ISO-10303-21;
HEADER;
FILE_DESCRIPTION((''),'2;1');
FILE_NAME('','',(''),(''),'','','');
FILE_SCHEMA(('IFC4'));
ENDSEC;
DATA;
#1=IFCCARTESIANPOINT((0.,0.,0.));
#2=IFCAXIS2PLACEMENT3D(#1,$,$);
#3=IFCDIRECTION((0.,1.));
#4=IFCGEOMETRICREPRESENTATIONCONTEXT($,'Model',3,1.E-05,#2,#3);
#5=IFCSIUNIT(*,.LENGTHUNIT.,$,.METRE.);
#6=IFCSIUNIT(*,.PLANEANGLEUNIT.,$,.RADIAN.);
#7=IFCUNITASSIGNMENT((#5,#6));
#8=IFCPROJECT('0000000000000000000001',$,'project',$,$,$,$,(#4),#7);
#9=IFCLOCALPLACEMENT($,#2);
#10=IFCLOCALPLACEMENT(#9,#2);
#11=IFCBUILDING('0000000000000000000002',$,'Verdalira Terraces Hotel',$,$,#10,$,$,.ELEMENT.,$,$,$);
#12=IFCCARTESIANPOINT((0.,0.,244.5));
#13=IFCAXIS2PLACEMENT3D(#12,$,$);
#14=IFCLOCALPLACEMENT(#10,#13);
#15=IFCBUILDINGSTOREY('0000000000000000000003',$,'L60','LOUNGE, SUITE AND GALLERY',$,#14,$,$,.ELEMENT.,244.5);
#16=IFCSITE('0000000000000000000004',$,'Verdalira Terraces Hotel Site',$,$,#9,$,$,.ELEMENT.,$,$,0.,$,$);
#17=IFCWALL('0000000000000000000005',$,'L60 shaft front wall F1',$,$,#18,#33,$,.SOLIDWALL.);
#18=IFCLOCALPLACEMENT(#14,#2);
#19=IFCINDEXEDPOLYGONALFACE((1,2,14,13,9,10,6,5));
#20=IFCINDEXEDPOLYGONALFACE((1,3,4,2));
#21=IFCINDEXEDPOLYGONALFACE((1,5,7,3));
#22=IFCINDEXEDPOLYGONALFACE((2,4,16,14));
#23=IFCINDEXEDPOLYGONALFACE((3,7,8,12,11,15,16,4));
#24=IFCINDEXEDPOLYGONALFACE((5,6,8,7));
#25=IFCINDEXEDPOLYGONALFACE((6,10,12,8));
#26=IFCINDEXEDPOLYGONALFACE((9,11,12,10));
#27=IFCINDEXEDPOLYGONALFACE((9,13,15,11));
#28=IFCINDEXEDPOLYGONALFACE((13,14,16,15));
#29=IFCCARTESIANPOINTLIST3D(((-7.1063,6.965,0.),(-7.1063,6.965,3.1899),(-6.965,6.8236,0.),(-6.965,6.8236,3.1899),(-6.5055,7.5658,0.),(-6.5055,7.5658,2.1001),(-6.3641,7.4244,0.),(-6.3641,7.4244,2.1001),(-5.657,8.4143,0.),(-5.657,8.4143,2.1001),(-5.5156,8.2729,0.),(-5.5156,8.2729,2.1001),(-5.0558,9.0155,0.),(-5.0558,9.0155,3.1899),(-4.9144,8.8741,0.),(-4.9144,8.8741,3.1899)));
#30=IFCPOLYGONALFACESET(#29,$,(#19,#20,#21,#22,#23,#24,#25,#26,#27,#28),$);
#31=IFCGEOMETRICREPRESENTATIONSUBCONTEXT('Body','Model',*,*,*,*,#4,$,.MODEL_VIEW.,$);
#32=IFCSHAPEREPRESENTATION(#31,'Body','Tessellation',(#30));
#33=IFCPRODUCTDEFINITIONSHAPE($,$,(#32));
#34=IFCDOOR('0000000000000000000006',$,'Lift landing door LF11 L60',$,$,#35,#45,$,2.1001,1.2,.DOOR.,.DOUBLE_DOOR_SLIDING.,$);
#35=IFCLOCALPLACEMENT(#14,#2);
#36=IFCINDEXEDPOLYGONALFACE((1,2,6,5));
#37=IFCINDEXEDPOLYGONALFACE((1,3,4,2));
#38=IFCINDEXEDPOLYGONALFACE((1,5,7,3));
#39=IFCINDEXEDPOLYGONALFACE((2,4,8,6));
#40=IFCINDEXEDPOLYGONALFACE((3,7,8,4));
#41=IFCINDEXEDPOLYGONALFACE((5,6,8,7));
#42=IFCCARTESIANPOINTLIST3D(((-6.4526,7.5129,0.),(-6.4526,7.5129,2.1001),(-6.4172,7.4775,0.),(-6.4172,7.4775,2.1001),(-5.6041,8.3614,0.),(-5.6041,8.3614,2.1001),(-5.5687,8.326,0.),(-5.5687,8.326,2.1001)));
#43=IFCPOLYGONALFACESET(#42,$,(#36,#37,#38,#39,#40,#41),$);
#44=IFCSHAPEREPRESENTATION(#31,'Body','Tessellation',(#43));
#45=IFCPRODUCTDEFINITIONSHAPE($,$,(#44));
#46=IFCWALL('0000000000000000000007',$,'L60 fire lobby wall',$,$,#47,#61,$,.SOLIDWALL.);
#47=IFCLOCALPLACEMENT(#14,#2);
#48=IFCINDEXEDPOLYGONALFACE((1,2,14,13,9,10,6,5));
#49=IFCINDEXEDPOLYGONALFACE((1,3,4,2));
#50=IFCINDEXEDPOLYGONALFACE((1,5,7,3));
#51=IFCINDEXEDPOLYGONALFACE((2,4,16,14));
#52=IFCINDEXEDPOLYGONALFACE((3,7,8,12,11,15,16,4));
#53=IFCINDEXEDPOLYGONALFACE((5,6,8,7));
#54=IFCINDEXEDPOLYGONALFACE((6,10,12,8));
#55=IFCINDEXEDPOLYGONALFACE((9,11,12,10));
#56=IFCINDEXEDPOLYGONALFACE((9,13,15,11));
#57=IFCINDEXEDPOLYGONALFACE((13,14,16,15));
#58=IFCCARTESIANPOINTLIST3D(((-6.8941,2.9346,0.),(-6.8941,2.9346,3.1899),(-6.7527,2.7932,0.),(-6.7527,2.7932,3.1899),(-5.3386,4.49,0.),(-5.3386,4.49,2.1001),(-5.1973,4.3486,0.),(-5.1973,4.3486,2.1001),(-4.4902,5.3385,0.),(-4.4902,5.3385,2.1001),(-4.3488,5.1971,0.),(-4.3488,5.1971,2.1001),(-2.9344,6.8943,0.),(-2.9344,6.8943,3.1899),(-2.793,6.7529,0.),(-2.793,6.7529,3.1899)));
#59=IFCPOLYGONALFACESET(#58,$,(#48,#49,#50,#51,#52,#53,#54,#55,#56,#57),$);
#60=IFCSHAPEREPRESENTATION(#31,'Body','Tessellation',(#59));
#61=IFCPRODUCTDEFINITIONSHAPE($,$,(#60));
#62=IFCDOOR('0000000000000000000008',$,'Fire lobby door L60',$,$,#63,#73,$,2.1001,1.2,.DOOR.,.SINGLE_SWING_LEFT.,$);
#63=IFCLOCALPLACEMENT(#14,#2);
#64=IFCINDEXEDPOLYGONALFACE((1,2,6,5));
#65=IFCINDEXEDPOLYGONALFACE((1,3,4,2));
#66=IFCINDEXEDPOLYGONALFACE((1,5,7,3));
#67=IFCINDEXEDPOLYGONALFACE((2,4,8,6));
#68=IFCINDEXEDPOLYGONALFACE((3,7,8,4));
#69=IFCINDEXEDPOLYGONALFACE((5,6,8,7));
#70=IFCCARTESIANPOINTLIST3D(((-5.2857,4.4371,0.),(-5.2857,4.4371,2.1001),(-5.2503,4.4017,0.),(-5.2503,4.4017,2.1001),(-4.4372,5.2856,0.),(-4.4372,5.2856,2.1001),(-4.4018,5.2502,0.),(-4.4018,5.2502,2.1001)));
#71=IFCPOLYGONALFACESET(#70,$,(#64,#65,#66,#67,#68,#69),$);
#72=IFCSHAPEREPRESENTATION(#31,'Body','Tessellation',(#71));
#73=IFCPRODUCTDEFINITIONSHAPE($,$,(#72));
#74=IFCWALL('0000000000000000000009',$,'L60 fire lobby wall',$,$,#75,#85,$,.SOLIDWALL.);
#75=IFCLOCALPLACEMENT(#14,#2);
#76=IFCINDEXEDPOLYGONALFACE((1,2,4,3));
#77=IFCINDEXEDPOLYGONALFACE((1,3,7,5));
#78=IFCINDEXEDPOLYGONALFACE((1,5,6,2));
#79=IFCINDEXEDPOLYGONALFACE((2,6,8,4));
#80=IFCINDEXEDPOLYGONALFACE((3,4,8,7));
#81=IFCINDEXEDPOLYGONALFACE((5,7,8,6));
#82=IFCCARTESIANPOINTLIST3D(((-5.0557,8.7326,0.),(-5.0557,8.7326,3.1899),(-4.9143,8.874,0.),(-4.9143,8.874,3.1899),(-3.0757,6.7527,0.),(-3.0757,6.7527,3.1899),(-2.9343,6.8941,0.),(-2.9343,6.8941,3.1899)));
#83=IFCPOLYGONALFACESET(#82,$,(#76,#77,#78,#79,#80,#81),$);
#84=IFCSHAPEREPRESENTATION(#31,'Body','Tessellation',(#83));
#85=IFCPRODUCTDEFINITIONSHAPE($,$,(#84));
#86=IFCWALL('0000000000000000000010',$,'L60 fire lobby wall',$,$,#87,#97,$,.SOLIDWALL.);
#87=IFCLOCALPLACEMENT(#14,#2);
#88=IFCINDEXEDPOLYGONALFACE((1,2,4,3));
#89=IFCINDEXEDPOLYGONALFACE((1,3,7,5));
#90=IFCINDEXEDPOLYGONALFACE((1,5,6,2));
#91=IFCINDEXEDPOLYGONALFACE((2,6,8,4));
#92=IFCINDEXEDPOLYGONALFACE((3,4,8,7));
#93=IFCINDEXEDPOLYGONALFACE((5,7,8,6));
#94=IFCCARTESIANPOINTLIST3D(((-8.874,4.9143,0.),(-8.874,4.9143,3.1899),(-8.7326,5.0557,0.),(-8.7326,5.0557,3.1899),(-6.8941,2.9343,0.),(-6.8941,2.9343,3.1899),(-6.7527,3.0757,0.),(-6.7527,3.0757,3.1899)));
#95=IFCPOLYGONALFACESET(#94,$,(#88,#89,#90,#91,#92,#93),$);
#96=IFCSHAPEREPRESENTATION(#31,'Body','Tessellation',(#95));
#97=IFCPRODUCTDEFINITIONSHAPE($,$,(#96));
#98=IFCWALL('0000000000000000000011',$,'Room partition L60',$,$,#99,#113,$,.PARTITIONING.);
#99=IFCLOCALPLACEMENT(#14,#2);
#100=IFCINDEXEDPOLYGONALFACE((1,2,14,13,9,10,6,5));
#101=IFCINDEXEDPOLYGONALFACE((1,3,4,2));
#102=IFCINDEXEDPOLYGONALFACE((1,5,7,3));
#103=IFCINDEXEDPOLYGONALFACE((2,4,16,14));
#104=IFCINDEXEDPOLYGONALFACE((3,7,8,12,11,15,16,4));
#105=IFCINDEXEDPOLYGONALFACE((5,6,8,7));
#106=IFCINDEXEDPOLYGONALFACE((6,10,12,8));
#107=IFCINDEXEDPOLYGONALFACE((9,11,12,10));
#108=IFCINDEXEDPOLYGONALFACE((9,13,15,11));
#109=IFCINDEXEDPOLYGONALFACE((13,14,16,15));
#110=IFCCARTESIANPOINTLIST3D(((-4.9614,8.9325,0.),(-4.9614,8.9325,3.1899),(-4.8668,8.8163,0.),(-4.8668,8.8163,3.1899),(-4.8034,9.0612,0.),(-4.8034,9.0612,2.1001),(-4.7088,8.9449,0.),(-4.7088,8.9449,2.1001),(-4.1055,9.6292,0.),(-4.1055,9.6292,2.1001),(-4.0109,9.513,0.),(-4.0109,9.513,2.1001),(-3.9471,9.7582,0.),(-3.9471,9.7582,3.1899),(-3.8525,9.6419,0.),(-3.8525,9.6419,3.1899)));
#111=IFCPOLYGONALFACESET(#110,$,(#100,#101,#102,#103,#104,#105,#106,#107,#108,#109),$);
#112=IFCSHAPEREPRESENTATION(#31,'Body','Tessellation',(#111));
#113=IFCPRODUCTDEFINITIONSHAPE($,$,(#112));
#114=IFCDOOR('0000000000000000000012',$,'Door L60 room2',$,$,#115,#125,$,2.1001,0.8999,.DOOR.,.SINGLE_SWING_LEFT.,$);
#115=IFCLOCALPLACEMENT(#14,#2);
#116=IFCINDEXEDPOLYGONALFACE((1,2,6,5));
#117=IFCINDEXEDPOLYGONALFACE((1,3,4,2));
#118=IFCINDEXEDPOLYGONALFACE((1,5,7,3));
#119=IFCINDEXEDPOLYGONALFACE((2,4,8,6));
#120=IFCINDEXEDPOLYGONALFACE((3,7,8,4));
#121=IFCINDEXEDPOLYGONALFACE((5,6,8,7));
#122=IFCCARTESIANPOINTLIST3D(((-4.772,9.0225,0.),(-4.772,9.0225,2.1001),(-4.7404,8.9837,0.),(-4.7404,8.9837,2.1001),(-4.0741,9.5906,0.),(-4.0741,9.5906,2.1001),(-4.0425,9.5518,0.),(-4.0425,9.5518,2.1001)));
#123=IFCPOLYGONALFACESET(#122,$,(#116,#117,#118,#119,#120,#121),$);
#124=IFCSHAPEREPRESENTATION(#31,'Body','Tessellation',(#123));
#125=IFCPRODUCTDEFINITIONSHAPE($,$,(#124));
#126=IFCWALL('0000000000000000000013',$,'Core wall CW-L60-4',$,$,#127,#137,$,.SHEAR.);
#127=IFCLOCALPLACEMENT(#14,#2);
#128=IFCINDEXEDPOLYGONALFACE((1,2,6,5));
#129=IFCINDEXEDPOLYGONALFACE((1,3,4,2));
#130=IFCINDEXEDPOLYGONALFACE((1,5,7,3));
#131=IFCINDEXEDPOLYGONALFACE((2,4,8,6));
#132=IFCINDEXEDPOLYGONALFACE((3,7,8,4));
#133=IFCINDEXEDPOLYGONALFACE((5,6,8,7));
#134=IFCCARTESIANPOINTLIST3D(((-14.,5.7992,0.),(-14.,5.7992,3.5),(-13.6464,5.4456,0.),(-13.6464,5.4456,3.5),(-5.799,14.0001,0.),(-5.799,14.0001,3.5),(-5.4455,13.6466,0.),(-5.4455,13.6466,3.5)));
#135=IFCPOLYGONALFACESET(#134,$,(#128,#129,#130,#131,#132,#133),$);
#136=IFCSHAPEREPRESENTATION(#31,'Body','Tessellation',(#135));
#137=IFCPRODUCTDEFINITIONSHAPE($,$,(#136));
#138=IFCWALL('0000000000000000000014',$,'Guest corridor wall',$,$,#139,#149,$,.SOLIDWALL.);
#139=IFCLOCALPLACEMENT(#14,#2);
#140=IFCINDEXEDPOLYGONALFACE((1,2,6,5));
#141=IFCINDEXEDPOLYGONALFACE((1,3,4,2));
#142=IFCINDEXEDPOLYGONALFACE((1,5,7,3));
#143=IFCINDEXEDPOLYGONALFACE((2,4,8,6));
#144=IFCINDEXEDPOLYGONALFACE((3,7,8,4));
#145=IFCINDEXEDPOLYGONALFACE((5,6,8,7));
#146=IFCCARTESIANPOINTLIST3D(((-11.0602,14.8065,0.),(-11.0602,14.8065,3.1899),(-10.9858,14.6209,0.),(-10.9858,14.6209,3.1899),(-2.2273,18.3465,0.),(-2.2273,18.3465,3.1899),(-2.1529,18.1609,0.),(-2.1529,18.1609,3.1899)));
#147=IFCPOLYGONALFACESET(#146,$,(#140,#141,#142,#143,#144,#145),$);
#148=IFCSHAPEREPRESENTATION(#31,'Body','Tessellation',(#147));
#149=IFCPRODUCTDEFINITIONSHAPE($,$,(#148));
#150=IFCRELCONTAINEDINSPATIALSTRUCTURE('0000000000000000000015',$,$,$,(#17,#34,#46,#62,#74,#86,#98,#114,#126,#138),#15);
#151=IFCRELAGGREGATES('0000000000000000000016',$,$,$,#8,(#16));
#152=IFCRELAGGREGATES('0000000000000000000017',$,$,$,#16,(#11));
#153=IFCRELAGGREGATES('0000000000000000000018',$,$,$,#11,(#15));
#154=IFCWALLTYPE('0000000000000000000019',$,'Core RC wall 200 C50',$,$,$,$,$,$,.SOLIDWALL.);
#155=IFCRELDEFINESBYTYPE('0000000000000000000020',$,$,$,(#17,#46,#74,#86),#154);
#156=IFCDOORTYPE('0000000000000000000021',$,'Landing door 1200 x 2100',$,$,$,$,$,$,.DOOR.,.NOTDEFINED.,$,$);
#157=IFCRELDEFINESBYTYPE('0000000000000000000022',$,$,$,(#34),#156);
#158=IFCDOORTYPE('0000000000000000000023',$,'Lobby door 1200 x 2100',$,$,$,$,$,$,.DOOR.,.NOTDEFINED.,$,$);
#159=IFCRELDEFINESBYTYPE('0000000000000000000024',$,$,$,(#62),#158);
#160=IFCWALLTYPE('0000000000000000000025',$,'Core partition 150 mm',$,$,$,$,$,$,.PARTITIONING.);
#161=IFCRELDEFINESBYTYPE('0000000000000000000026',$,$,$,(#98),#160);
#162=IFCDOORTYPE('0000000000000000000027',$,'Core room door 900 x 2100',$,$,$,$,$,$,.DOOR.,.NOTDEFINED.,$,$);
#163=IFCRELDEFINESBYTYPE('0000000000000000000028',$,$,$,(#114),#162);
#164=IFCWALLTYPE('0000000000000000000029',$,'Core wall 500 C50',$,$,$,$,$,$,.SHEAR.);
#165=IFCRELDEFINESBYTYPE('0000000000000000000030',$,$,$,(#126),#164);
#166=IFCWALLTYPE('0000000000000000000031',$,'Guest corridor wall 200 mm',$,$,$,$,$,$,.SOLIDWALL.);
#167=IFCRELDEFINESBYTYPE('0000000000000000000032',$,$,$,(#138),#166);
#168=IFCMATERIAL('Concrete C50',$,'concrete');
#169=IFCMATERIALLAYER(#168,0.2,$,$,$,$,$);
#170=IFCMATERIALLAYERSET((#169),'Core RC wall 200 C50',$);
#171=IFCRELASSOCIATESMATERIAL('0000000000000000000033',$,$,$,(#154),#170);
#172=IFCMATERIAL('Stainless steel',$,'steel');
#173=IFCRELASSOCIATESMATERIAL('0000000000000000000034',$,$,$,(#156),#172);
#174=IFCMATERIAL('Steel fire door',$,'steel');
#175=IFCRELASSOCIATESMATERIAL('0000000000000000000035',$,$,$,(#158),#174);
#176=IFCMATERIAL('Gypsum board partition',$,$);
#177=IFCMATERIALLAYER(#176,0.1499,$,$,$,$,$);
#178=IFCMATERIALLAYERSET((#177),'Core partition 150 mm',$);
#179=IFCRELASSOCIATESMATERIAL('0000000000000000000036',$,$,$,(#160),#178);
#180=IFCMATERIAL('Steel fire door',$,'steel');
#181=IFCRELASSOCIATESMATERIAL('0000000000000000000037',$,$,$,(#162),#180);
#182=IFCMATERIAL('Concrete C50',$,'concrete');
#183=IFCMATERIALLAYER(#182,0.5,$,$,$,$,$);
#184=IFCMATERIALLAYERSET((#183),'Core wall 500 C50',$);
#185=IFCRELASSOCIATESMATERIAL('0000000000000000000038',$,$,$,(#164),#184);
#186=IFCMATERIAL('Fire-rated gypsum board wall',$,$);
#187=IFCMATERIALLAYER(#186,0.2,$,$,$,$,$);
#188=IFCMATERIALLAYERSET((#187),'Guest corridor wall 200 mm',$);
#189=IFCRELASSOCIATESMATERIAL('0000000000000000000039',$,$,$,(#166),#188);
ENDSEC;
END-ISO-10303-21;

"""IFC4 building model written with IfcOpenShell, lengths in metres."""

from ifc_helpers import new_model, si_unit, direction, frame, frame_2d, origin, place, context, subcontext, project, spatial, rectangle, extrude, material, layer, layer_set, type_object, element, fill, save


model = new_model("IFC4")

# Units and contexts
model_context = context("Model", 3, precision=1e-05, world=origin(), true_north=direction((0.0, 1.0)))
body_context = subcontext(model_context, "Body", "Model", "MODEL_VIEW")
ifc_project = project(units=[si_unit("LENGTHUNIT", "METRE"), si_unit("PLANEANGLEUNIT", "RADIAN")], contexts=[model_context])

# Site, building, storey
site_placement = place(None, origin())
site = spatial("IfcSite", under=ifc_project, at=site_placement, Name="Verdalira Terraces Hotel Site", CompositionType="ELEMENT", RefElevation=0.0)
building_placement = place(site_placement, origin())
building = spatial("IfcBuilding", under=site, at=building_placement, Name="Verdalira Terraces Hotel", CompositionType="ELEMENT")
storey_placement = place(building_placement, frame((0.0, 0.0, 244.5)))
storey = spatial("IfcBuildingStorey", under=building, at=storey_placement, Name="L60", Description="LOUNGE, SUITE AND GALLERY", CompositionType="ELEMENT", Elevation=244.5)

# Walls, openings, doors
ifc_material_1 = material(Name="Concrete C50", Category="concrete")
ifc_layer_1 = layer(ifc_material_1, 0.2)
ifc_layer_set_1 = layer_set([ifc_layer_1], Name="Core RC wall 200 C50")
wall_type_1 = type_object("IfcWallType", Name="Core RC wall 200 C50", PredefinedType="SOLIDWALL", material=ifc_layer_set_1)
ifc_material_2 = material(Name="Stainless steel", Category="steel")
door_type_1 = type_object("IfcDoorType", Name="Landing door 1200 x 2100", OperationType="NOTDEFINED", PredefinedType="DOOR", material=ifc_material_2)
wall_1_placement = place(storey_placement, frame((-4.9851, 8.9448, 0.0), z_axis=(0.0, 0.0, 1.0), x_axis=(-0.707107, -0.707107, 0.0)))
wall_1 = element("IfcWall", 1, at=wall_1_placement, inside=storey, type_object=wall_type_1, Name="L60 shaft front wall F1", PredefinedType="SOLIDWALL", context=body_context, shape_type="SweptSolid", body=[
    extrude(rectangle(XDim=2.8999, YDim=0.2, at=frame_2d((1.45, 0.0))), origin(), (0.0, 0.0, 1.0), 3.1899),
])
opening_1_placement = place(wall_1_placement, frame((0.8501, 0.0, 0.0)))
opening_1 = element("IfcOpeningElement", 2, at=opening_1_placement, cuts=wall_1, PredefinedType="OPENING", context=body_context, shape_type="SweptSolid", body=[
    extrude(rectangle(XDim=1.2, YDim=2.1001, at=frame_2d((0.6001, 1.05))), frame((0.0, 0.1099, 0.0), z_axis=(0.0, -1.0, 0.0), x_axis=(1.0, 0.0, 0.0)), (0.0, 0.0, 1.0), 0.22),
])
door_1_placement = place(opening_1_placement, origin())
door_1 = element("IfcDoor", 3, at=door_1_placement, inside=storey, type_object=door_type_1, Name="Lift landing door LF11 L60", OperationType="DOUBLE_DOOR_SLIDING", OverallHeight=2.1001, OverallWidth=1.2, PredefinedType="DOOR", context=body_context, shape_type="SweptSolid", body=[
    extrude(rectangle(XDim=1.2, YDim=2.1001, at=frame_2d((0.6001, 1.05))), frame((0.0, 0.0249, 0.0), z_axis=(0.0, -1.0, 0.0), x_axis=(1.0, 0.0, 0.0)), (0.0, 0.0, 1.0), 0.05),
])
fill(opening_1, door_1)
wall_2_placement = place(storey_placement, frame((-2.8638, 6.8235, 0.0), z_axis=(0.0, 0.0, 1.0), x_axis=(-0.707107, -0.707107, 0.0)))
wall_2 = element("IfcWall", 4, at=wall_2_placement, inside=storey, type_object=wall_type_1, Name="L60 fire lobby wall", PredefinedType="SOLIDWALL", context=body_context, shape_type="SweptSolid", body=[
    extrude(rectangle(XDim=5.5999, YDim=0.2, at=frame_2d((2.7998, 0.0))), origin(), (0.0, 0.0, 1.0), 3.1899),
])
opening_2_placement = place(wall_2_placement, frame((2.2, 0.0, 0.0)))
opening_2 = element("IfcOpeningElement", 5, at=opening_2_placement, cuts=wall_2, PredefinedType="OPENING", context=body_context, shape_type="SweptSolid", body=[
    extrude(rectangle(XDim=1.2, YDim=2.1001, at=frame_2d((0.6001, 1.05))), frame((0.0, 0.1099, 0.0), z_axis=(0.0, -1.0, 0.0), x_axis=(1.0, 0.0, 0.0)), (0.0, 0.0, 1.0), 0.22),
])
ifc_material_3 = material(Name="Steel fire door", Category="steel")
door_type_2 = type_object("IfcDoorType", Name="Lobby door 1200 x 2100", OperationType="NOTDEFINED", PredefinedType="DOOR", material=ifc_material_3)
door_2_placement = place(opening_2_placement, origin())
door_2 = element("IfcDoor", 6, at=door_2_placement, inside=storey, type_object=door_type_2, Name="Fire lobby door L60", OperationType="SINGLE_SWING_LEFT", OverallHeight=2.1001, OverallWidth=1.2, PredefinedType="DOOR", context=body_context, shape_type="SweptSolid", body=[
    extrude(rectangle(XDim=1.2, YDim=2.1001, at=frame_2d((0.6001, 1.05))), frame((0.0, 0.0249, 0.0), z_axis=(0.0, -1.0, 0.0), x_axis=(1.0, 0.0, 0.0)), (0.0, 0.0, 1.0), 0.05),
])
fill(opening_2, door_2)

# Walls
for number, where, z_axis, x_axis, name in (
    (7, (-3.0051, 6.8235, 0.0), (0.0, 0.0, 1.0), (-0.707107, 0.707107, 0.0), "L60 fire lobby wall"),
    (8, (-6.8235, 3.0051, 0.0), (0.0, 0.0, 1.0), (-0.707107, 0.707107, 0.0), "L60 fire lobby wall"),
):
    element("IfcWall", number, at=place(storey_placement, frame(where, z_axis=z_axis, x_axis=x_axis)), inside=storey, type_object=wall_type_1, Name=name, PredefinedType="SOLIDWALL", context=body_context, shape_type="SweptSolid", body=[
        extrude(rectangle(XDim=2.8, YDim=0.2, at=frame_2d((1.3999, 0.0))), origin(), (0.0, 0.0, 1.0), 3.1899),
    ])

# Wall, opening, door
ifc_material_4 = material(Name="Gypsum board partition")
ifc_layer_2 = layer(ifc_material_4, 0.1499)
ifc_layer_set_2 = layer_set([ifc_layer_2], Name="Core partition 150 mm")
wall_type_2 = type_object("IfcWallType", Name="Core partition 150 mm", PredefinedType="PARTITIONING", material=ifc_layer_set_2)
wall_3_placement = place(storey_placement, frame((-3.8999, 9.7, 0.0), z_axis=(0.0, 0.0, 1.0), x_axis=(-0.77556, -0.631274, 0.0)))
wall_3 = element("IfcWall", 9, at=wall_3_placement, inside=storey, type_object=wall_type_2, Name="Room partition L60", PredefinedType="PARTITIONING", context=body_context, shape_type="SweptSolid", body=[
    extrude(rectangle(XDim=1.3079, YDim=0.1499, at=frame_2d((0.6538, 0.0))), origin(), (0.0, 0.0, 1.0), 3.1899),
])
opening_3_placement = place(wall_3_placement, frame((0.2041, 0.0, 0.0)))
opening_3 = element("IfcOpeningElement", 10, at=opening_3_placement, cuts=wall_3, PredefinedType="OPENING", context=body_context, shape_type="SweptSolid", body=[
    extrude(rectangle(XDim=0.8999, YDim=2.1001, at=frame_2d((0.45, 1.05))), frame((0.0, 0.085, 0.0), z_axis=(0.0, -1.0, 0.0), x_axis=(1.0, 0.0, 0.0)), (0.0, 0.0, 1.0), 0.1699),
])
ifc_material_5 = material(Name="Steel fire door", Category="steel")
door_type_3 = type_object("IfcDoorType", Name="Core room door 900 x 2100", OperationType="NOTDEFINED", PredefinedType="DOOR", material=ifc_material_5)
door_3_placement = place(opening_3_placement, origin())
door_3 = element("IfcDoor", 11, at=door_3_placement, inside=storey, type_object=door_type_3, Name="Door L60 room2", OperationType="SINGLE_SWING_LEFT", OverallHeight=2.1001, OverallWidth=0.8999, PredefinedType="DOOR", context=body_context, shape_type="SweptSolid", body=[
    extrude(rectangle(XDim=0.8999, YDim=2.1001, at=frame_2d((0.45, 1.05))), frame((0.0, 0.0249, 0.0), z_axis=(0.0, -1.0, 0.0), x_axis=(1.0, 0.0, 0.0)), (0.0, 0.0, 1.0), 0.05),
])
fill(opening_3, door_3)

# Walls
ifc_material_6 = material(Name="Concrete C50", Category="concrete")
ifc_layer_3 = layer(ifc_material_6, 0.5)
ifc_layer_set_3 = layer_set([ifc_layer_3], Name="Core wall 500 C50")
wall_type_3 = type_object("IfcWallType", Name="Core wall 500 C50", PredefinedType="SHEAR", material=ifc_layer_set_3)
wall_4_placement = place(storey_placement, frame((-5.6223, 13.8232, 0.0), z_axis=(0.0, 0.0, 1.0), x_axis=(-0.707107, -0.707107, 0.0)))
element("IfcWall", 12, at=wall_4_placement, inside=storey, type_object=wall_type_3, Name="Core wall CW-L60-4", PredefinedType="SHEAR", context=body_context, shape_type="SweptSolid", body=[
    extrude(rectangle(XDim=11.5979, YDim=0.5, at=frame_2d((5.7988, 0.0))), origin(), (0.0, 0.0, 1.0), 3.5),
])
ifc_material_7 = material(Name="Fire-rated gypsum board wall")
ifc_layer_4 = layer(ifc_material_7, 0.2)
ifc_layer_set_4 = layer_set([ifc_layer_4], Name="Guest corridor wall 200 mm")
wall_type_4 = type_object("IfcWallType", Name="Guest corridor wall 200 mm", PredefinedType="SOLIDWALL", material=ifc_layer_set_4)
wall_5_placement = place(storey_placement, frame((-2.1902, 18.2537, 0.0), z_axis=(0.0, 0.0, 1.0), x_axis=(-0.928229, -0.37201, 0.0)))
element("IfcWall", 13, at=wall_5_placement, inside=storey, type_object=wall_type_4, Name="Guest corridor wall", PredefinedType="SOLIDWALL", context=body_context, shape_type="SweptSolid", body=[
    extrude(rectangle(XDim=9.5159, YDim=0.2, at=frame_2d((4.7578, 0.0))), origin(), (0.0, 0.0, 1.0), 3.1899),
])

save(model, "model.ifc")
